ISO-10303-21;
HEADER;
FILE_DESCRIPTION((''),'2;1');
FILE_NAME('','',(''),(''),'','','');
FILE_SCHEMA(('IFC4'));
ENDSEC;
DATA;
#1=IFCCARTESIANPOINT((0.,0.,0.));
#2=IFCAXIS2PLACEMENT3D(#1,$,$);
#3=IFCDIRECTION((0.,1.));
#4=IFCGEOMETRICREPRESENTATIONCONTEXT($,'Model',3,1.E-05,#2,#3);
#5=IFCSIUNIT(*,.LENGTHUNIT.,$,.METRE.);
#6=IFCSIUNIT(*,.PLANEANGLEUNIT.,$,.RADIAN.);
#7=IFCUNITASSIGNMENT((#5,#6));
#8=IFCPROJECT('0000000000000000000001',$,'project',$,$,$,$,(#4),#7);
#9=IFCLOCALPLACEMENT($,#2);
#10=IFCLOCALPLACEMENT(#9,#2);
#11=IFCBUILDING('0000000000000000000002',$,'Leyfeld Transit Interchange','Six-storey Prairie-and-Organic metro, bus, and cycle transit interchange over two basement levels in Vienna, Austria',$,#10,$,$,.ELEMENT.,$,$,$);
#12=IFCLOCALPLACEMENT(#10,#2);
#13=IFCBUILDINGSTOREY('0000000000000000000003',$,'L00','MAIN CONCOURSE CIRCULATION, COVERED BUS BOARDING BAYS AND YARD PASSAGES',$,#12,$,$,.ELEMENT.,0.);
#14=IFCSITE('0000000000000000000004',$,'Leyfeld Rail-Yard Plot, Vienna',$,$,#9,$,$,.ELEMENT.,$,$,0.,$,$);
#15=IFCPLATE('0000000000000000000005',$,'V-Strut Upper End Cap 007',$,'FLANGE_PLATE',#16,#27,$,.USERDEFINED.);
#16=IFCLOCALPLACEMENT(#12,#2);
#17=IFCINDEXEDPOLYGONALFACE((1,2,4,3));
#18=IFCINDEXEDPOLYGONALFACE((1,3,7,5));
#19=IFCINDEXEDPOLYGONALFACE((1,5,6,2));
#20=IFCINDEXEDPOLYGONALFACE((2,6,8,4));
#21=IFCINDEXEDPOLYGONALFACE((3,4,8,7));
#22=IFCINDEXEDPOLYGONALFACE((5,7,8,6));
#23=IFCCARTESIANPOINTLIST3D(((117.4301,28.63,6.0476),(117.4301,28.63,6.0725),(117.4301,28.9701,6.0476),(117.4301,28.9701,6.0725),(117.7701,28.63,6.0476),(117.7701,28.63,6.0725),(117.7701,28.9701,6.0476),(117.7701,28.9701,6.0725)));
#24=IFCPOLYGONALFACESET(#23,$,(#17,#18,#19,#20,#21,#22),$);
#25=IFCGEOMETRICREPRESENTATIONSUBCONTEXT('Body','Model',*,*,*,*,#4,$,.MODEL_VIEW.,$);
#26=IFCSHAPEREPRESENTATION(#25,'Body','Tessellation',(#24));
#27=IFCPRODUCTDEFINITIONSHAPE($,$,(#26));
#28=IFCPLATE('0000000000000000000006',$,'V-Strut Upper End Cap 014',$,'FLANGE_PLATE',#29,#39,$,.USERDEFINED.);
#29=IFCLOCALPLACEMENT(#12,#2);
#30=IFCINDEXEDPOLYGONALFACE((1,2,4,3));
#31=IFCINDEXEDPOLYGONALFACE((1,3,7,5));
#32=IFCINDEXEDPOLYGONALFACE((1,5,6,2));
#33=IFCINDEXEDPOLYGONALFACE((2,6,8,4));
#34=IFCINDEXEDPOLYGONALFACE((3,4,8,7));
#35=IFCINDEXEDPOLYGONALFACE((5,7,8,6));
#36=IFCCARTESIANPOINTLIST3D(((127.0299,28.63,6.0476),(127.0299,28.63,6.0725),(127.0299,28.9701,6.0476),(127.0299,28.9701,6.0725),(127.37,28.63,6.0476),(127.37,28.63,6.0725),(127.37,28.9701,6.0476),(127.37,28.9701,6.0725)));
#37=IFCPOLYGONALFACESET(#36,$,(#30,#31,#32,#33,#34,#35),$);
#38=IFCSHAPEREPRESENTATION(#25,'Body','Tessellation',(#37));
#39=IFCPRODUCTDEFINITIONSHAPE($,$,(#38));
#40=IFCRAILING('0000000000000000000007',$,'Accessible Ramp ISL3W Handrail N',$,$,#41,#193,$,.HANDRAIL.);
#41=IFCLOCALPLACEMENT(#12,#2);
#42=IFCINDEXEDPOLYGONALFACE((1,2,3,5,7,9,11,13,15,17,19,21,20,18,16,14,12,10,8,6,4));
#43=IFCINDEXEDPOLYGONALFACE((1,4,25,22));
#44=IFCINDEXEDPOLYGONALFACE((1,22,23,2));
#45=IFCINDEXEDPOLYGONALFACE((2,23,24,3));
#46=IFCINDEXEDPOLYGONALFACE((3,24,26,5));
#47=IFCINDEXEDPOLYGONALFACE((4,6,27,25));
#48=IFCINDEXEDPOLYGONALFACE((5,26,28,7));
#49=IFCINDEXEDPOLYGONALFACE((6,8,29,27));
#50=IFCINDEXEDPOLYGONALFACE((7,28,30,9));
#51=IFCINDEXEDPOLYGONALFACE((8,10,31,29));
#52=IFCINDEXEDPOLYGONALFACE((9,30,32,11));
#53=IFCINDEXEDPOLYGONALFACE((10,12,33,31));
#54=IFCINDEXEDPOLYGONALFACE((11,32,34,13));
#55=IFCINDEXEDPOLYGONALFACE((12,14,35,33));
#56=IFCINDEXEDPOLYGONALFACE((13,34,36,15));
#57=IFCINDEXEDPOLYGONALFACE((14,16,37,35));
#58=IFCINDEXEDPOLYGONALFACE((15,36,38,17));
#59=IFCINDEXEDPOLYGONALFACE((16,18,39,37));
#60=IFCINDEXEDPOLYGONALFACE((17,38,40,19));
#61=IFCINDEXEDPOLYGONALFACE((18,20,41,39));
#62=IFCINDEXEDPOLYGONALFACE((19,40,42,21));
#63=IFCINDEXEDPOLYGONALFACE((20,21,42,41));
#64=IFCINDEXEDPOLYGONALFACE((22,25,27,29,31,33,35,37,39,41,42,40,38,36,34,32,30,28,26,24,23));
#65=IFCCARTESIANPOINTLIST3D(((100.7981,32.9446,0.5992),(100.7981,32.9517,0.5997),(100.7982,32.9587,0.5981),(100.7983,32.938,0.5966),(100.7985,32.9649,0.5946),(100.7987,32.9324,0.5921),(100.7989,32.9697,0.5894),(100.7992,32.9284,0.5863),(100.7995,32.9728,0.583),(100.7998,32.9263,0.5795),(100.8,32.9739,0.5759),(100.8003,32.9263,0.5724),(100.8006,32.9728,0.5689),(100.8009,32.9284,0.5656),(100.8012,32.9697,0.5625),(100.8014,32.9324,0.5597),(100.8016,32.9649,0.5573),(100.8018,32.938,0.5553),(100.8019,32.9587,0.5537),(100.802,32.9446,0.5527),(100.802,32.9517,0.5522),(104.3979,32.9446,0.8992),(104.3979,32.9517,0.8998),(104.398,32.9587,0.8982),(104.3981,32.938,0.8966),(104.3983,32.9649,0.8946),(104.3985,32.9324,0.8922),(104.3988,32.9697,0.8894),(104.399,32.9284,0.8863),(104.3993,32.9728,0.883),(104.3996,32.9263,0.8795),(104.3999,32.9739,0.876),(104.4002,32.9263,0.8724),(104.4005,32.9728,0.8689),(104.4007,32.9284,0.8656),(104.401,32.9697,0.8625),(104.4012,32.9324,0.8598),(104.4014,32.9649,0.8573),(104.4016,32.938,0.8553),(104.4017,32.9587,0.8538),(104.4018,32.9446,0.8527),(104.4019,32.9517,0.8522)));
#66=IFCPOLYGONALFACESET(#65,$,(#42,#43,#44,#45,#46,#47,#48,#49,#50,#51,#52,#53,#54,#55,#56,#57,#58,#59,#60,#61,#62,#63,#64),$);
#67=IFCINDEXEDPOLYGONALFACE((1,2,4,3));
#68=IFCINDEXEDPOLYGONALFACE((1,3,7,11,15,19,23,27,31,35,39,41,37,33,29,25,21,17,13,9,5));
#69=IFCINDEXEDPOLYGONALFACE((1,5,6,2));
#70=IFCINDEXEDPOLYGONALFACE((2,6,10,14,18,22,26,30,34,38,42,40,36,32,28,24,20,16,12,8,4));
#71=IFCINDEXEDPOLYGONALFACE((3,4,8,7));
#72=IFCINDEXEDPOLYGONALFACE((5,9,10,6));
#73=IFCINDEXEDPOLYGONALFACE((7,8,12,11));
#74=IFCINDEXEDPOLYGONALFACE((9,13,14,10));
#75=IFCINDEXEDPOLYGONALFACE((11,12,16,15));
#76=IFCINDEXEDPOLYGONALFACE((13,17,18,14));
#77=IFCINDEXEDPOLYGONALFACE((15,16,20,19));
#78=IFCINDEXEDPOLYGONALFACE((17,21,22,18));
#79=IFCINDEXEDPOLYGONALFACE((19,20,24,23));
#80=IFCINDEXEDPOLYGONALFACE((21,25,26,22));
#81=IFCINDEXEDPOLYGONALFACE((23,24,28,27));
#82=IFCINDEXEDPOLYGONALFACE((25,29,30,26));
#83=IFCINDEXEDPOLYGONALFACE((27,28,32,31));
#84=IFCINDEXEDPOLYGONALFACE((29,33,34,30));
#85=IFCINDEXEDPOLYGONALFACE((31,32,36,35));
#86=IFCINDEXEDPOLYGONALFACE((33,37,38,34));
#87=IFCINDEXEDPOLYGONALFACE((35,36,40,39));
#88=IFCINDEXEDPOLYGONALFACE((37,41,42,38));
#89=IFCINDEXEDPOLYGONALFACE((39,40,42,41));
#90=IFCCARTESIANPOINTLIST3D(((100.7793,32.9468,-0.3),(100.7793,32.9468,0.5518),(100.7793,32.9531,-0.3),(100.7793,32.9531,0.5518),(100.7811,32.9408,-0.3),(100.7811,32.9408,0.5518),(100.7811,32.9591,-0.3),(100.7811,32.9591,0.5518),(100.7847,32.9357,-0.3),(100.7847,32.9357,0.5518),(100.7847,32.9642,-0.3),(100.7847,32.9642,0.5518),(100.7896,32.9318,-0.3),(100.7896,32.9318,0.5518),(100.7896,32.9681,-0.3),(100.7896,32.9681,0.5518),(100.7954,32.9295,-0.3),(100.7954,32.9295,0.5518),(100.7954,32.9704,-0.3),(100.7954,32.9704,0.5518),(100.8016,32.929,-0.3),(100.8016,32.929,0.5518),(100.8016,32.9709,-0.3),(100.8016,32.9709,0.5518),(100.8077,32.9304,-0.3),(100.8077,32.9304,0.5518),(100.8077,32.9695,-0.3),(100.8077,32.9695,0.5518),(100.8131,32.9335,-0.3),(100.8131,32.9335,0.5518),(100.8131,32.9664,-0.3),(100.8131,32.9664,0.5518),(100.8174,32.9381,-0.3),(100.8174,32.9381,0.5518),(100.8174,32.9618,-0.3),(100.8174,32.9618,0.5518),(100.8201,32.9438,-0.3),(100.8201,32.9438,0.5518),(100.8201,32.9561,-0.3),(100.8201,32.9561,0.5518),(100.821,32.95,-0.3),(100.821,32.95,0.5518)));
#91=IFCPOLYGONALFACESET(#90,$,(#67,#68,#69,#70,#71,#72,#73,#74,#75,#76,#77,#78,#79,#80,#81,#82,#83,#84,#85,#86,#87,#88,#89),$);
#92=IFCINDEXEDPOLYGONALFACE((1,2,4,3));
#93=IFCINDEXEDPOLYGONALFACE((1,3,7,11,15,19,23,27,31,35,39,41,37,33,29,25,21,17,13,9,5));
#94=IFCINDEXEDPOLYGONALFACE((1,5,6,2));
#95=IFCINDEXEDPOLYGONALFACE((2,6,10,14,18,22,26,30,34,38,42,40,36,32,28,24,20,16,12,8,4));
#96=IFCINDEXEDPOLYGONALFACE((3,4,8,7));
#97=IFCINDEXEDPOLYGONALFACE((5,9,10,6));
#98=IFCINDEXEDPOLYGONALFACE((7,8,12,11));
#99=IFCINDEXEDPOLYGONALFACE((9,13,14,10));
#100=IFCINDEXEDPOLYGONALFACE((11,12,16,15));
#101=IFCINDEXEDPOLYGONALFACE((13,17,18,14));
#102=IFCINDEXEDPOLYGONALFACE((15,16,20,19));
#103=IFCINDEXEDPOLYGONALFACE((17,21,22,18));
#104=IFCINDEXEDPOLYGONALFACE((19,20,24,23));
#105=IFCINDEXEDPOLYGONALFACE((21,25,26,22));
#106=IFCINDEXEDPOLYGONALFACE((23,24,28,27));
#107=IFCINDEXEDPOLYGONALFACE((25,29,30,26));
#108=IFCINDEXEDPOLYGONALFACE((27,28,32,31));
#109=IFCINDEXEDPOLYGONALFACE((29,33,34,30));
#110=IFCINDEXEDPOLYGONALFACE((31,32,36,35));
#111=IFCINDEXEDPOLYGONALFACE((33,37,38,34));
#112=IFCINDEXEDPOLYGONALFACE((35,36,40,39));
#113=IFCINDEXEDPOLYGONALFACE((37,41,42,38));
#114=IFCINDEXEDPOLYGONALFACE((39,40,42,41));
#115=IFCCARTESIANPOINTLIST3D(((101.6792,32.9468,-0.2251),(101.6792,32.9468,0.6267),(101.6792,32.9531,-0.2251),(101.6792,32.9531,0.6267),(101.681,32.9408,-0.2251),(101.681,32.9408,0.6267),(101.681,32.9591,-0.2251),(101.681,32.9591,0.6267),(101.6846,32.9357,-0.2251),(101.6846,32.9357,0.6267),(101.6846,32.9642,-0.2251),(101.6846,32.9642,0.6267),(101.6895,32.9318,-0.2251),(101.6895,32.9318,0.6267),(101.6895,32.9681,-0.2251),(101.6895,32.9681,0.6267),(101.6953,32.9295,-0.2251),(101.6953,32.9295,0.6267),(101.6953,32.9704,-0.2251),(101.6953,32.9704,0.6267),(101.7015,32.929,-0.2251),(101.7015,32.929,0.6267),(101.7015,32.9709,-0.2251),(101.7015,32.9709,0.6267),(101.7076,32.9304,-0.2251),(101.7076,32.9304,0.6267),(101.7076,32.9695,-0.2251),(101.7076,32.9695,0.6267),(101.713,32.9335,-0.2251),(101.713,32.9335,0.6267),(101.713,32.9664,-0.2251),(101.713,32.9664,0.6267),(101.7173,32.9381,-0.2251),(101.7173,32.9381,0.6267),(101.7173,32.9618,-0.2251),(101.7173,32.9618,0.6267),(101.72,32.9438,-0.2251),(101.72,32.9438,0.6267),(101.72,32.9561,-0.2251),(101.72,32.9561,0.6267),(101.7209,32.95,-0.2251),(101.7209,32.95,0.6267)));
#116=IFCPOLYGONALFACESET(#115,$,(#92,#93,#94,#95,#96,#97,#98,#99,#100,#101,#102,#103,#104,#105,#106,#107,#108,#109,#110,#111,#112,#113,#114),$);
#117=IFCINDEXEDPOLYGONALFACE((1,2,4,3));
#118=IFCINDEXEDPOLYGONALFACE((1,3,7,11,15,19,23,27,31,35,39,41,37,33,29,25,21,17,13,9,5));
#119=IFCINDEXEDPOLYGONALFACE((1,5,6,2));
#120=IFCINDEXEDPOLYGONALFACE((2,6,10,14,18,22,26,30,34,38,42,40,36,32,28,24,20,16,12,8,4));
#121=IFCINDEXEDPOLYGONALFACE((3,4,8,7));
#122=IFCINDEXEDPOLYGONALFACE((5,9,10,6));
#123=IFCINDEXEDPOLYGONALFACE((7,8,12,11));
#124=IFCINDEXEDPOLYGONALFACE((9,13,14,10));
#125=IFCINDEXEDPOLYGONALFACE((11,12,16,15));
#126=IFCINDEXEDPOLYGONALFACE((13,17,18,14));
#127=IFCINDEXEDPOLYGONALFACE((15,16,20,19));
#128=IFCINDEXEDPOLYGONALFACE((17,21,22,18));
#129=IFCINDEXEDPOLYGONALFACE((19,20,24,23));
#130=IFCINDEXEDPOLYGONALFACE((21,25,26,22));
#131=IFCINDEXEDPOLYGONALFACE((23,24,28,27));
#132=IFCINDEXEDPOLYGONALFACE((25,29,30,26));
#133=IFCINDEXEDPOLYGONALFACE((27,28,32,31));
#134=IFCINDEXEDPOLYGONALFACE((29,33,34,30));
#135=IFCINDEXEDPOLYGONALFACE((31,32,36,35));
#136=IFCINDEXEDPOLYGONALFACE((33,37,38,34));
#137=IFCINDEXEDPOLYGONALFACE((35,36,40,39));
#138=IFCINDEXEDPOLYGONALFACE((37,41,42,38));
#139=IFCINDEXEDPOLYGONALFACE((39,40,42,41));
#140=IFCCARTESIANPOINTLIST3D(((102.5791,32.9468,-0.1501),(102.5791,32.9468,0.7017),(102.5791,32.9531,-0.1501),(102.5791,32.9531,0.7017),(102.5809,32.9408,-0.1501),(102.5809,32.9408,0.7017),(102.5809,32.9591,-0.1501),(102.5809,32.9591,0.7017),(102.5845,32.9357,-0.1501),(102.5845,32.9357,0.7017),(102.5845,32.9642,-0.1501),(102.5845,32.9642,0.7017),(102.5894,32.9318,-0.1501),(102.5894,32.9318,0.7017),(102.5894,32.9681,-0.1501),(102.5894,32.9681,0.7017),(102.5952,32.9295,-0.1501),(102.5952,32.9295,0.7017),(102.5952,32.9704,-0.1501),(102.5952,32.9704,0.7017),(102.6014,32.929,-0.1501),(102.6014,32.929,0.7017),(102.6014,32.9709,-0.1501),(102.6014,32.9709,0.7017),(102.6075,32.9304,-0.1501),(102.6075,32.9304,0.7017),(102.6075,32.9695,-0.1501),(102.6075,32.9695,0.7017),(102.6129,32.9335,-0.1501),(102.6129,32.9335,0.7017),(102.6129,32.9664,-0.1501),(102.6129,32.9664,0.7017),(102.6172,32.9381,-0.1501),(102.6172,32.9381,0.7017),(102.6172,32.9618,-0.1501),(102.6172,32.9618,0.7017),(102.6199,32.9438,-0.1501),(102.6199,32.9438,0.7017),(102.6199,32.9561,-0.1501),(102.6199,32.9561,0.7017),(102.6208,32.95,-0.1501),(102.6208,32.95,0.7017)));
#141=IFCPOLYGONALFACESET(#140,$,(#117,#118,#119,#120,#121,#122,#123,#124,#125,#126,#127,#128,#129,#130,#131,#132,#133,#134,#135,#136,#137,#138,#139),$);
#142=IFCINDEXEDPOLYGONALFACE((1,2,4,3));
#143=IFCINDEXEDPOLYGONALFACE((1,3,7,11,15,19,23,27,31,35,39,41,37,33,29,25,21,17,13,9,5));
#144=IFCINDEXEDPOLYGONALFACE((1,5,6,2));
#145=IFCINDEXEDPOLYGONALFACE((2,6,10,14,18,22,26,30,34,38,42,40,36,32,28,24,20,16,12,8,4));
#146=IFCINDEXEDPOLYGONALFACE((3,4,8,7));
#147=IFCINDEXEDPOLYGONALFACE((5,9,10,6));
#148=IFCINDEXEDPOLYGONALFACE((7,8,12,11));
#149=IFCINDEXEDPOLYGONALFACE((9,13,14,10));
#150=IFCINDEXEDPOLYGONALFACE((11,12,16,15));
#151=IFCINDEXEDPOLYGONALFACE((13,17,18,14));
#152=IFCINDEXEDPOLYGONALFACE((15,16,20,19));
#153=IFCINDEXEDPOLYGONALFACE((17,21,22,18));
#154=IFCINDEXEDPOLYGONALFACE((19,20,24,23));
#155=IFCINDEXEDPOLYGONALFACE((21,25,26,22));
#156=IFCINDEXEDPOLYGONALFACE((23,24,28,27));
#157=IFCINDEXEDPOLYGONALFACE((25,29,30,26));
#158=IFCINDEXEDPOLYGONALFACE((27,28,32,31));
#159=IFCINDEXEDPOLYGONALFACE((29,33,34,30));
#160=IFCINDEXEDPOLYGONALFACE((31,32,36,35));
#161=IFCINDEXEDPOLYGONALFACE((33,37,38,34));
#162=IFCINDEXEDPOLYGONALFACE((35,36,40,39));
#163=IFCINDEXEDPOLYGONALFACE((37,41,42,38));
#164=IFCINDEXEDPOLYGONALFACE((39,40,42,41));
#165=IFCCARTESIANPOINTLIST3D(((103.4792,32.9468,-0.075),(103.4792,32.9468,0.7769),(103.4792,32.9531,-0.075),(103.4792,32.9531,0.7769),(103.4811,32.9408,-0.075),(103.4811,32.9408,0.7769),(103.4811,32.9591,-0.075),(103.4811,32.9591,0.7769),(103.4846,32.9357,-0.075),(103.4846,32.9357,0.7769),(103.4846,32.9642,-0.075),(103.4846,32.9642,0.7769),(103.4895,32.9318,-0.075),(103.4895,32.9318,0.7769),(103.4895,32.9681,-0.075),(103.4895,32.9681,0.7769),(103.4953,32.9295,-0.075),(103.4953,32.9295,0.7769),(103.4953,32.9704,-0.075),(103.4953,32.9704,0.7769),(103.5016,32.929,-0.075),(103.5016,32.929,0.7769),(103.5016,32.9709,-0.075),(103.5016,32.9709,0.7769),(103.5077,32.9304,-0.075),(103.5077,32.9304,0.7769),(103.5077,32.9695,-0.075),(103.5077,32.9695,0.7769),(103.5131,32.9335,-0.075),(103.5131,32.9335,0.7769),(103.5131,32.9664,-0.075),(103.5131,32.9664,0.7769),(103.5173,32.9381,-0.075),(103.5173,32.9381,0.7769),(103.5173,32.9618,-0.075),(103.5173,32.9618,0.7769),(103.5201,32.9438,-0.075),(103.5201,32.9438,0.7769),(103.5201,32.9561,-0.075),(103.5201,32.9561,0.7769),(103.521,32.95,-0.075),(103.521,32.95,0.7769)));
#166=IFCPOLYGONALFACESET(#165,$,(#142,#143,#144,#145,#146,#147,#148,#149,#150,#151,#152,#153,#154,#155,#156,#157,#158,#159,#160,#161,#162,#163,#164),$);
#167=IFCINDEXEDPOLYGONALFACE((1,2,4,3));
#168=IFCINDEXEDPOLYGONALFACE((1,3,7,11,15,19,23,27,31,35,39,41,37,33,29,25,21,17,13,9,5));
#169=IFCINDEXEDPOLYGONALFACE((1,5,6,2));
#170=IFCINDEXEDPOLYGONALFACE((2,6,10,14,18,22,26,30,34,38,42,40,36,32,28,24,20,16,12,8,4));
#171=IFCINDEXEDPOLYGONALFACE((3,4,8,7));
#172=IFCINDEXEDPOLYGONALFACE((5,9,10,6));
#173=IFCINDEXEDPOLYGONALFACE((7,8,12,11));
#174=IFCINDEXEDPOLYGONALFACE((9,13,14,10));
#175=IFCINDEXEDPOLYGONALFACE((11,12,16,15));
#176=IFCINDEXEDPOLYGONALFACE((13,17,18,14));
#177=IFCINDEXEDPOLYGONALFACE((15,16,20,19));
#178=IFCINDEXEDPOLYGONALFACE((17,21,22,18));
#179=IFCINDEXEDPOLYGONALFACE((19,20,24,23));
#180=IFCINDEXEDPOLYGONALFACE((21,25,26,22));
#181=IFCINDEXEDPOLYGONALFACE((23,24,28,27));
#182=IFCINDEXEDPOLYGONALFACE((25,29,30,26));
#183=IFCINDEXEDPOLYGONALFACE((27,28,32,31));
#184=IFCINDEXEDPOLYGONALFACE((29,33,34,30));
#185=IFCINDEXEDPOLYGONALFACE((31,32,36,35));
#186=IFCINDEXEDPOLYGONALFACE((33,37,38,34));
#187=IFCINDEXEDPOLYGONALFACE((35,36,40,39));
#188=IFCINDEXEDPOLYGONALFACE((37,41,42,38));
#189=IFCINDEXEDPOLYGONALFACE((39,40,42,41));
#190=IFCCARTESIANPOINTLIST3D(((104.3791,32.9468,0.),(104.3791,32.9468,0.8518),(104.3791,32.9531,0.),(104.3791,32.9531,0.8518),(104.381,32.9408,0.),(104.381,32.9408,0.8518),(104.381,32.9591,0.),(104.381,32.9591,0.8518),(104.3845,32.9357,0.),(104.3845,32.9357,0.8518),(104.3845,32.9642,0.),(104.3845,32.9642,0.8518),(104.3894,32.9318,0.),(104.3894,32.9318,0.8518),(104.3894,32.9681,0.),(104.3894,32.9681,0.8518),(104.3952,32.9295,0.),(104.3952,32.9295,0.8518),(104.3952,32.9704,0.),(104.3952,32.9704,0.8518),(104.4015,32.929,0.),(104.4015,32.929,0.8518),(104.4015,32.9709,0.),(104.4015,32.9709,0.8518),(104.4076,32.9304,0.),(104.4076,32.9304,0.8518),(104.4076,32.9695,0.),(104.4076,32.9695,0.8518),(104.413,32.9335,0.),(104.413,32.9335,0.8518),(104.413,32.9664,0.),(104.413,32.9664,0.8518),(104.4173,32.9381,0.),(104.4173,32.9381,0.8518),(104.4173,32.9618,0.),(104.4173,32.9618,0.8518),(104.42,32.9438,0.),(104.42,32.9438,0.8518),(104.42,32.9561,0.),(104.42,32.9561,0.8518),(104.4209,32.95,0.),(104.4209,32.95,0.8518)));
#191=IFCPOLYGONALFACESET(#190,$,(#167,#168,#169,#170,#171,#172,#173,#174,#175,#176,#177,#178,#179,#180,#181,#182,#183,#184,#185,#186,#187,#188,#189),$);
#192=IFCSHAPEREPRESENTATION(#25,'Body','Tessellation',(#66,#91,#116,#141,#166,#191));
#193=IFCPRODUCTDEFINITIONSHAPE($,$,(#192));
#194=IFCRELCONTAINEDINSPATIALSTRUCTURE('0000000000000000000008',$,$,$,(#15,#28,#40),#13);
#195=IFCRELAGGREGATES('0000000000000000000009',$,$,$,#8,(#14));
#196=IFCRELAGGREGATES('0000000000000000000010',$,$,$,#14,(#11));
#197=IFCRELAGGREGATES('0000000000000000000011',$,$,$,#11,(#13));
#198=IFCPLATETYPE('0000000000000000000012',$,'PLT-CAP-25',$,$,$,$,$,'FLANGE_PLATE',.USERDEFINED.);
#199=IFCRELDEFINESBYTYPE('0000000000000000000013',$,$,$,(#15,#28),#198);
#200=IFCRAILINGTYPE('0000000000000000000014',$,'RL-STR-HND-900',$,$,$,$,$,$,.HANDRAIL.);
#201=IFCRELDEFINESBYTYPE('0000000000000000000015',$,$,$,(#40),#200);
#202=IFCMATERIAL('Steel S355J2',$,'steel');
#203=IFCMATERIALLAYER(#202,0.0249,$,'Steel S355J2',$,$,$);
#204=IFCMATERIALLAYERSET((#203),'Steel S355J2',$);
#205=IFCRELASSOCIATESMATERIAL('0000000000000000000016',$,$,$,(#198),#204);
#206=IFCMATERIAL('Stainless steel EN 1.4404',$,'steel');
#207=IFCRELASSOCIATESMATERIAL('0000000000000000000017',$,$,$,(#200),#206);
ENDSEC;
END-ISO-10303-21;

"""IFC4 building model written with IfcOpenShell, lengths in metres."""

from ifc_helpers import new_model, si_unit, direction, frame, origin, origin_2d, place, context, subcontext, project, spatial, rectangle, circle, extrude, material, layer, layer_set, type_object, element, save


model = new_model("IFC4")

# Units and contexts
model_context = context("Model", 3, precision=1e-05, world=origin(), true_north=direction((0.0, 1.0)))
body_context = subcontext(model_context, "Body", "Model", "MODEL_VIEW")
ifc_project = project(units=[si_unit("LENGTHUNIT", "METRE"), si_unit("PLANEANGLEUNIT", "RADIAN")], contexts=[model_context])

# Site, building, storey
site_placement = place(None, origin())
site = spatial("IfcSite", under=ifc_project, at=site_placement, Name="Leyfeld Rail-Yard Plot, Vienna", CompositionType="ELEMENT", RefElevation=0.0)
building_placement = place(site_placement, origin())
building = spatial("IfcBuilding", under=site, at=building_placement, Name="Leyfeld Transit Interchange", Description="Six-storey Prairie-and-Organic metro, bus, and cycle transit interchange over two basement levels in Vienna, Austria", CompositionType="ELEMENT")
storey_placement = place(building_placement, origin())
storey = spatial("IfcBuildingStorey", under=building, at=storey_placement, Name="L00", Description="MAIN CONCOURSE CIRCULATION, COVERED BUS BOARDING BAYS AND YARD PASSAGES", CompositionType="ELEMENT", Elevation=0.0)

# Shared definitions
ifc_material_1 = material(Name="Steel S355J2", Category="steel")

# Plates
ifc_layer_1 = layer(ifc_material_1, 0.0249, Name="Steel S355J2")
ifc_layer_set_1 = layer_set([ifc_layer_1], Name="Steel S355J2")
plate_type_1 = type_object("IfcPlateType", Name="PLT-CAP-25", ElementType="FLANGE_PLATE", PredefinedType="USERDEFINED", material=ifc_layer_set_1)
for number, where, z_axis, x_axis, name in (
    (1, (117.6001, 28.8, 6.0476), (0.0, 0.0, 1.0), (1.0, 0.0, 0.0), "V-Strut Upper End Cap 007"),
    (2, (127.2, 28.8, 6.0476), (0.0, 0.0, 1.0), (1.0, 0.0, 0.0), "V-Strut Upper End Cap 014"),
):
    element("IfcPlate", number, at=place(storey_placement, frame(where, z_axis=z_axis, x_axis=x_axis)), inside=storey, type_object=plate_type_1, Name=name, ObjectType="FLANGE_PLATE", PredefinedType="USERDEFINED", context=body_context, shape_type="SweptSolid", body=[
        extrude(rectangle(XDim=0.3401, YDim=0.3401, at=origin_2d()), origin(), (0.0, 0.0, 1.0), 0.0249),
    ])

# Railing
ifc_material_2 = material(Name="Stainless steel EN 1.4404", Category="steel")
railing_type = type_object("IfcRailingType", Name="RL-STR-HND-900", PredefinedType="HANDRAIL", material=ifc_material_2)
railing_placement = place(storey_placement, frame((100.8, 32.95, -0.3)))
element("IfcRailing", 3, at=railing_placement, inside=storey, type_object=railing_type, Name="Accessible Ramp ISL3W Handrail N", PredefinedType="HANDRAIL", context=body_context, shape_type="SweptSolid", body=[
    extrude(circle(Radius=0.0239, at=origin_2d()), frame((0.0, 0.0, 0.876), z_axis=(0.996544, 0.0, 0.083062), x_axis=(0.0, 1.0, 0.0)), (0.0, 0.0, 1.0), 3.6123),
    extrude(circle(Radius=0.021, at=origin_2d()), origin(), (0.0, 0.0, 1.0), 0.8518),
    extrude(circle(Radius=0.021, at=origin_2d()), frame((0.8999, 0.0, 0.075)), (0.0, 0.0, 1.0), 0.8518),
    extrude(circle(Radius=0.021, at=origin_2d()), frame((1.7998, 0.0, 0.1499)), (0.0, 0.0, 1.0), 0.8518),
    extrude(circle(Radius=0.021, at=origin_2d()), frame((2.7, 0.0, 0.2251)), (0.0, 0.0, 1.0), 0.8518),
    extrude(circle(Radius=0.021, at=origin_2d()), frame((3.5999, 0.0, 0.3)), (0.0, 0.0, 1.0), 0.8518),
])

save(model, "model.ifc")
